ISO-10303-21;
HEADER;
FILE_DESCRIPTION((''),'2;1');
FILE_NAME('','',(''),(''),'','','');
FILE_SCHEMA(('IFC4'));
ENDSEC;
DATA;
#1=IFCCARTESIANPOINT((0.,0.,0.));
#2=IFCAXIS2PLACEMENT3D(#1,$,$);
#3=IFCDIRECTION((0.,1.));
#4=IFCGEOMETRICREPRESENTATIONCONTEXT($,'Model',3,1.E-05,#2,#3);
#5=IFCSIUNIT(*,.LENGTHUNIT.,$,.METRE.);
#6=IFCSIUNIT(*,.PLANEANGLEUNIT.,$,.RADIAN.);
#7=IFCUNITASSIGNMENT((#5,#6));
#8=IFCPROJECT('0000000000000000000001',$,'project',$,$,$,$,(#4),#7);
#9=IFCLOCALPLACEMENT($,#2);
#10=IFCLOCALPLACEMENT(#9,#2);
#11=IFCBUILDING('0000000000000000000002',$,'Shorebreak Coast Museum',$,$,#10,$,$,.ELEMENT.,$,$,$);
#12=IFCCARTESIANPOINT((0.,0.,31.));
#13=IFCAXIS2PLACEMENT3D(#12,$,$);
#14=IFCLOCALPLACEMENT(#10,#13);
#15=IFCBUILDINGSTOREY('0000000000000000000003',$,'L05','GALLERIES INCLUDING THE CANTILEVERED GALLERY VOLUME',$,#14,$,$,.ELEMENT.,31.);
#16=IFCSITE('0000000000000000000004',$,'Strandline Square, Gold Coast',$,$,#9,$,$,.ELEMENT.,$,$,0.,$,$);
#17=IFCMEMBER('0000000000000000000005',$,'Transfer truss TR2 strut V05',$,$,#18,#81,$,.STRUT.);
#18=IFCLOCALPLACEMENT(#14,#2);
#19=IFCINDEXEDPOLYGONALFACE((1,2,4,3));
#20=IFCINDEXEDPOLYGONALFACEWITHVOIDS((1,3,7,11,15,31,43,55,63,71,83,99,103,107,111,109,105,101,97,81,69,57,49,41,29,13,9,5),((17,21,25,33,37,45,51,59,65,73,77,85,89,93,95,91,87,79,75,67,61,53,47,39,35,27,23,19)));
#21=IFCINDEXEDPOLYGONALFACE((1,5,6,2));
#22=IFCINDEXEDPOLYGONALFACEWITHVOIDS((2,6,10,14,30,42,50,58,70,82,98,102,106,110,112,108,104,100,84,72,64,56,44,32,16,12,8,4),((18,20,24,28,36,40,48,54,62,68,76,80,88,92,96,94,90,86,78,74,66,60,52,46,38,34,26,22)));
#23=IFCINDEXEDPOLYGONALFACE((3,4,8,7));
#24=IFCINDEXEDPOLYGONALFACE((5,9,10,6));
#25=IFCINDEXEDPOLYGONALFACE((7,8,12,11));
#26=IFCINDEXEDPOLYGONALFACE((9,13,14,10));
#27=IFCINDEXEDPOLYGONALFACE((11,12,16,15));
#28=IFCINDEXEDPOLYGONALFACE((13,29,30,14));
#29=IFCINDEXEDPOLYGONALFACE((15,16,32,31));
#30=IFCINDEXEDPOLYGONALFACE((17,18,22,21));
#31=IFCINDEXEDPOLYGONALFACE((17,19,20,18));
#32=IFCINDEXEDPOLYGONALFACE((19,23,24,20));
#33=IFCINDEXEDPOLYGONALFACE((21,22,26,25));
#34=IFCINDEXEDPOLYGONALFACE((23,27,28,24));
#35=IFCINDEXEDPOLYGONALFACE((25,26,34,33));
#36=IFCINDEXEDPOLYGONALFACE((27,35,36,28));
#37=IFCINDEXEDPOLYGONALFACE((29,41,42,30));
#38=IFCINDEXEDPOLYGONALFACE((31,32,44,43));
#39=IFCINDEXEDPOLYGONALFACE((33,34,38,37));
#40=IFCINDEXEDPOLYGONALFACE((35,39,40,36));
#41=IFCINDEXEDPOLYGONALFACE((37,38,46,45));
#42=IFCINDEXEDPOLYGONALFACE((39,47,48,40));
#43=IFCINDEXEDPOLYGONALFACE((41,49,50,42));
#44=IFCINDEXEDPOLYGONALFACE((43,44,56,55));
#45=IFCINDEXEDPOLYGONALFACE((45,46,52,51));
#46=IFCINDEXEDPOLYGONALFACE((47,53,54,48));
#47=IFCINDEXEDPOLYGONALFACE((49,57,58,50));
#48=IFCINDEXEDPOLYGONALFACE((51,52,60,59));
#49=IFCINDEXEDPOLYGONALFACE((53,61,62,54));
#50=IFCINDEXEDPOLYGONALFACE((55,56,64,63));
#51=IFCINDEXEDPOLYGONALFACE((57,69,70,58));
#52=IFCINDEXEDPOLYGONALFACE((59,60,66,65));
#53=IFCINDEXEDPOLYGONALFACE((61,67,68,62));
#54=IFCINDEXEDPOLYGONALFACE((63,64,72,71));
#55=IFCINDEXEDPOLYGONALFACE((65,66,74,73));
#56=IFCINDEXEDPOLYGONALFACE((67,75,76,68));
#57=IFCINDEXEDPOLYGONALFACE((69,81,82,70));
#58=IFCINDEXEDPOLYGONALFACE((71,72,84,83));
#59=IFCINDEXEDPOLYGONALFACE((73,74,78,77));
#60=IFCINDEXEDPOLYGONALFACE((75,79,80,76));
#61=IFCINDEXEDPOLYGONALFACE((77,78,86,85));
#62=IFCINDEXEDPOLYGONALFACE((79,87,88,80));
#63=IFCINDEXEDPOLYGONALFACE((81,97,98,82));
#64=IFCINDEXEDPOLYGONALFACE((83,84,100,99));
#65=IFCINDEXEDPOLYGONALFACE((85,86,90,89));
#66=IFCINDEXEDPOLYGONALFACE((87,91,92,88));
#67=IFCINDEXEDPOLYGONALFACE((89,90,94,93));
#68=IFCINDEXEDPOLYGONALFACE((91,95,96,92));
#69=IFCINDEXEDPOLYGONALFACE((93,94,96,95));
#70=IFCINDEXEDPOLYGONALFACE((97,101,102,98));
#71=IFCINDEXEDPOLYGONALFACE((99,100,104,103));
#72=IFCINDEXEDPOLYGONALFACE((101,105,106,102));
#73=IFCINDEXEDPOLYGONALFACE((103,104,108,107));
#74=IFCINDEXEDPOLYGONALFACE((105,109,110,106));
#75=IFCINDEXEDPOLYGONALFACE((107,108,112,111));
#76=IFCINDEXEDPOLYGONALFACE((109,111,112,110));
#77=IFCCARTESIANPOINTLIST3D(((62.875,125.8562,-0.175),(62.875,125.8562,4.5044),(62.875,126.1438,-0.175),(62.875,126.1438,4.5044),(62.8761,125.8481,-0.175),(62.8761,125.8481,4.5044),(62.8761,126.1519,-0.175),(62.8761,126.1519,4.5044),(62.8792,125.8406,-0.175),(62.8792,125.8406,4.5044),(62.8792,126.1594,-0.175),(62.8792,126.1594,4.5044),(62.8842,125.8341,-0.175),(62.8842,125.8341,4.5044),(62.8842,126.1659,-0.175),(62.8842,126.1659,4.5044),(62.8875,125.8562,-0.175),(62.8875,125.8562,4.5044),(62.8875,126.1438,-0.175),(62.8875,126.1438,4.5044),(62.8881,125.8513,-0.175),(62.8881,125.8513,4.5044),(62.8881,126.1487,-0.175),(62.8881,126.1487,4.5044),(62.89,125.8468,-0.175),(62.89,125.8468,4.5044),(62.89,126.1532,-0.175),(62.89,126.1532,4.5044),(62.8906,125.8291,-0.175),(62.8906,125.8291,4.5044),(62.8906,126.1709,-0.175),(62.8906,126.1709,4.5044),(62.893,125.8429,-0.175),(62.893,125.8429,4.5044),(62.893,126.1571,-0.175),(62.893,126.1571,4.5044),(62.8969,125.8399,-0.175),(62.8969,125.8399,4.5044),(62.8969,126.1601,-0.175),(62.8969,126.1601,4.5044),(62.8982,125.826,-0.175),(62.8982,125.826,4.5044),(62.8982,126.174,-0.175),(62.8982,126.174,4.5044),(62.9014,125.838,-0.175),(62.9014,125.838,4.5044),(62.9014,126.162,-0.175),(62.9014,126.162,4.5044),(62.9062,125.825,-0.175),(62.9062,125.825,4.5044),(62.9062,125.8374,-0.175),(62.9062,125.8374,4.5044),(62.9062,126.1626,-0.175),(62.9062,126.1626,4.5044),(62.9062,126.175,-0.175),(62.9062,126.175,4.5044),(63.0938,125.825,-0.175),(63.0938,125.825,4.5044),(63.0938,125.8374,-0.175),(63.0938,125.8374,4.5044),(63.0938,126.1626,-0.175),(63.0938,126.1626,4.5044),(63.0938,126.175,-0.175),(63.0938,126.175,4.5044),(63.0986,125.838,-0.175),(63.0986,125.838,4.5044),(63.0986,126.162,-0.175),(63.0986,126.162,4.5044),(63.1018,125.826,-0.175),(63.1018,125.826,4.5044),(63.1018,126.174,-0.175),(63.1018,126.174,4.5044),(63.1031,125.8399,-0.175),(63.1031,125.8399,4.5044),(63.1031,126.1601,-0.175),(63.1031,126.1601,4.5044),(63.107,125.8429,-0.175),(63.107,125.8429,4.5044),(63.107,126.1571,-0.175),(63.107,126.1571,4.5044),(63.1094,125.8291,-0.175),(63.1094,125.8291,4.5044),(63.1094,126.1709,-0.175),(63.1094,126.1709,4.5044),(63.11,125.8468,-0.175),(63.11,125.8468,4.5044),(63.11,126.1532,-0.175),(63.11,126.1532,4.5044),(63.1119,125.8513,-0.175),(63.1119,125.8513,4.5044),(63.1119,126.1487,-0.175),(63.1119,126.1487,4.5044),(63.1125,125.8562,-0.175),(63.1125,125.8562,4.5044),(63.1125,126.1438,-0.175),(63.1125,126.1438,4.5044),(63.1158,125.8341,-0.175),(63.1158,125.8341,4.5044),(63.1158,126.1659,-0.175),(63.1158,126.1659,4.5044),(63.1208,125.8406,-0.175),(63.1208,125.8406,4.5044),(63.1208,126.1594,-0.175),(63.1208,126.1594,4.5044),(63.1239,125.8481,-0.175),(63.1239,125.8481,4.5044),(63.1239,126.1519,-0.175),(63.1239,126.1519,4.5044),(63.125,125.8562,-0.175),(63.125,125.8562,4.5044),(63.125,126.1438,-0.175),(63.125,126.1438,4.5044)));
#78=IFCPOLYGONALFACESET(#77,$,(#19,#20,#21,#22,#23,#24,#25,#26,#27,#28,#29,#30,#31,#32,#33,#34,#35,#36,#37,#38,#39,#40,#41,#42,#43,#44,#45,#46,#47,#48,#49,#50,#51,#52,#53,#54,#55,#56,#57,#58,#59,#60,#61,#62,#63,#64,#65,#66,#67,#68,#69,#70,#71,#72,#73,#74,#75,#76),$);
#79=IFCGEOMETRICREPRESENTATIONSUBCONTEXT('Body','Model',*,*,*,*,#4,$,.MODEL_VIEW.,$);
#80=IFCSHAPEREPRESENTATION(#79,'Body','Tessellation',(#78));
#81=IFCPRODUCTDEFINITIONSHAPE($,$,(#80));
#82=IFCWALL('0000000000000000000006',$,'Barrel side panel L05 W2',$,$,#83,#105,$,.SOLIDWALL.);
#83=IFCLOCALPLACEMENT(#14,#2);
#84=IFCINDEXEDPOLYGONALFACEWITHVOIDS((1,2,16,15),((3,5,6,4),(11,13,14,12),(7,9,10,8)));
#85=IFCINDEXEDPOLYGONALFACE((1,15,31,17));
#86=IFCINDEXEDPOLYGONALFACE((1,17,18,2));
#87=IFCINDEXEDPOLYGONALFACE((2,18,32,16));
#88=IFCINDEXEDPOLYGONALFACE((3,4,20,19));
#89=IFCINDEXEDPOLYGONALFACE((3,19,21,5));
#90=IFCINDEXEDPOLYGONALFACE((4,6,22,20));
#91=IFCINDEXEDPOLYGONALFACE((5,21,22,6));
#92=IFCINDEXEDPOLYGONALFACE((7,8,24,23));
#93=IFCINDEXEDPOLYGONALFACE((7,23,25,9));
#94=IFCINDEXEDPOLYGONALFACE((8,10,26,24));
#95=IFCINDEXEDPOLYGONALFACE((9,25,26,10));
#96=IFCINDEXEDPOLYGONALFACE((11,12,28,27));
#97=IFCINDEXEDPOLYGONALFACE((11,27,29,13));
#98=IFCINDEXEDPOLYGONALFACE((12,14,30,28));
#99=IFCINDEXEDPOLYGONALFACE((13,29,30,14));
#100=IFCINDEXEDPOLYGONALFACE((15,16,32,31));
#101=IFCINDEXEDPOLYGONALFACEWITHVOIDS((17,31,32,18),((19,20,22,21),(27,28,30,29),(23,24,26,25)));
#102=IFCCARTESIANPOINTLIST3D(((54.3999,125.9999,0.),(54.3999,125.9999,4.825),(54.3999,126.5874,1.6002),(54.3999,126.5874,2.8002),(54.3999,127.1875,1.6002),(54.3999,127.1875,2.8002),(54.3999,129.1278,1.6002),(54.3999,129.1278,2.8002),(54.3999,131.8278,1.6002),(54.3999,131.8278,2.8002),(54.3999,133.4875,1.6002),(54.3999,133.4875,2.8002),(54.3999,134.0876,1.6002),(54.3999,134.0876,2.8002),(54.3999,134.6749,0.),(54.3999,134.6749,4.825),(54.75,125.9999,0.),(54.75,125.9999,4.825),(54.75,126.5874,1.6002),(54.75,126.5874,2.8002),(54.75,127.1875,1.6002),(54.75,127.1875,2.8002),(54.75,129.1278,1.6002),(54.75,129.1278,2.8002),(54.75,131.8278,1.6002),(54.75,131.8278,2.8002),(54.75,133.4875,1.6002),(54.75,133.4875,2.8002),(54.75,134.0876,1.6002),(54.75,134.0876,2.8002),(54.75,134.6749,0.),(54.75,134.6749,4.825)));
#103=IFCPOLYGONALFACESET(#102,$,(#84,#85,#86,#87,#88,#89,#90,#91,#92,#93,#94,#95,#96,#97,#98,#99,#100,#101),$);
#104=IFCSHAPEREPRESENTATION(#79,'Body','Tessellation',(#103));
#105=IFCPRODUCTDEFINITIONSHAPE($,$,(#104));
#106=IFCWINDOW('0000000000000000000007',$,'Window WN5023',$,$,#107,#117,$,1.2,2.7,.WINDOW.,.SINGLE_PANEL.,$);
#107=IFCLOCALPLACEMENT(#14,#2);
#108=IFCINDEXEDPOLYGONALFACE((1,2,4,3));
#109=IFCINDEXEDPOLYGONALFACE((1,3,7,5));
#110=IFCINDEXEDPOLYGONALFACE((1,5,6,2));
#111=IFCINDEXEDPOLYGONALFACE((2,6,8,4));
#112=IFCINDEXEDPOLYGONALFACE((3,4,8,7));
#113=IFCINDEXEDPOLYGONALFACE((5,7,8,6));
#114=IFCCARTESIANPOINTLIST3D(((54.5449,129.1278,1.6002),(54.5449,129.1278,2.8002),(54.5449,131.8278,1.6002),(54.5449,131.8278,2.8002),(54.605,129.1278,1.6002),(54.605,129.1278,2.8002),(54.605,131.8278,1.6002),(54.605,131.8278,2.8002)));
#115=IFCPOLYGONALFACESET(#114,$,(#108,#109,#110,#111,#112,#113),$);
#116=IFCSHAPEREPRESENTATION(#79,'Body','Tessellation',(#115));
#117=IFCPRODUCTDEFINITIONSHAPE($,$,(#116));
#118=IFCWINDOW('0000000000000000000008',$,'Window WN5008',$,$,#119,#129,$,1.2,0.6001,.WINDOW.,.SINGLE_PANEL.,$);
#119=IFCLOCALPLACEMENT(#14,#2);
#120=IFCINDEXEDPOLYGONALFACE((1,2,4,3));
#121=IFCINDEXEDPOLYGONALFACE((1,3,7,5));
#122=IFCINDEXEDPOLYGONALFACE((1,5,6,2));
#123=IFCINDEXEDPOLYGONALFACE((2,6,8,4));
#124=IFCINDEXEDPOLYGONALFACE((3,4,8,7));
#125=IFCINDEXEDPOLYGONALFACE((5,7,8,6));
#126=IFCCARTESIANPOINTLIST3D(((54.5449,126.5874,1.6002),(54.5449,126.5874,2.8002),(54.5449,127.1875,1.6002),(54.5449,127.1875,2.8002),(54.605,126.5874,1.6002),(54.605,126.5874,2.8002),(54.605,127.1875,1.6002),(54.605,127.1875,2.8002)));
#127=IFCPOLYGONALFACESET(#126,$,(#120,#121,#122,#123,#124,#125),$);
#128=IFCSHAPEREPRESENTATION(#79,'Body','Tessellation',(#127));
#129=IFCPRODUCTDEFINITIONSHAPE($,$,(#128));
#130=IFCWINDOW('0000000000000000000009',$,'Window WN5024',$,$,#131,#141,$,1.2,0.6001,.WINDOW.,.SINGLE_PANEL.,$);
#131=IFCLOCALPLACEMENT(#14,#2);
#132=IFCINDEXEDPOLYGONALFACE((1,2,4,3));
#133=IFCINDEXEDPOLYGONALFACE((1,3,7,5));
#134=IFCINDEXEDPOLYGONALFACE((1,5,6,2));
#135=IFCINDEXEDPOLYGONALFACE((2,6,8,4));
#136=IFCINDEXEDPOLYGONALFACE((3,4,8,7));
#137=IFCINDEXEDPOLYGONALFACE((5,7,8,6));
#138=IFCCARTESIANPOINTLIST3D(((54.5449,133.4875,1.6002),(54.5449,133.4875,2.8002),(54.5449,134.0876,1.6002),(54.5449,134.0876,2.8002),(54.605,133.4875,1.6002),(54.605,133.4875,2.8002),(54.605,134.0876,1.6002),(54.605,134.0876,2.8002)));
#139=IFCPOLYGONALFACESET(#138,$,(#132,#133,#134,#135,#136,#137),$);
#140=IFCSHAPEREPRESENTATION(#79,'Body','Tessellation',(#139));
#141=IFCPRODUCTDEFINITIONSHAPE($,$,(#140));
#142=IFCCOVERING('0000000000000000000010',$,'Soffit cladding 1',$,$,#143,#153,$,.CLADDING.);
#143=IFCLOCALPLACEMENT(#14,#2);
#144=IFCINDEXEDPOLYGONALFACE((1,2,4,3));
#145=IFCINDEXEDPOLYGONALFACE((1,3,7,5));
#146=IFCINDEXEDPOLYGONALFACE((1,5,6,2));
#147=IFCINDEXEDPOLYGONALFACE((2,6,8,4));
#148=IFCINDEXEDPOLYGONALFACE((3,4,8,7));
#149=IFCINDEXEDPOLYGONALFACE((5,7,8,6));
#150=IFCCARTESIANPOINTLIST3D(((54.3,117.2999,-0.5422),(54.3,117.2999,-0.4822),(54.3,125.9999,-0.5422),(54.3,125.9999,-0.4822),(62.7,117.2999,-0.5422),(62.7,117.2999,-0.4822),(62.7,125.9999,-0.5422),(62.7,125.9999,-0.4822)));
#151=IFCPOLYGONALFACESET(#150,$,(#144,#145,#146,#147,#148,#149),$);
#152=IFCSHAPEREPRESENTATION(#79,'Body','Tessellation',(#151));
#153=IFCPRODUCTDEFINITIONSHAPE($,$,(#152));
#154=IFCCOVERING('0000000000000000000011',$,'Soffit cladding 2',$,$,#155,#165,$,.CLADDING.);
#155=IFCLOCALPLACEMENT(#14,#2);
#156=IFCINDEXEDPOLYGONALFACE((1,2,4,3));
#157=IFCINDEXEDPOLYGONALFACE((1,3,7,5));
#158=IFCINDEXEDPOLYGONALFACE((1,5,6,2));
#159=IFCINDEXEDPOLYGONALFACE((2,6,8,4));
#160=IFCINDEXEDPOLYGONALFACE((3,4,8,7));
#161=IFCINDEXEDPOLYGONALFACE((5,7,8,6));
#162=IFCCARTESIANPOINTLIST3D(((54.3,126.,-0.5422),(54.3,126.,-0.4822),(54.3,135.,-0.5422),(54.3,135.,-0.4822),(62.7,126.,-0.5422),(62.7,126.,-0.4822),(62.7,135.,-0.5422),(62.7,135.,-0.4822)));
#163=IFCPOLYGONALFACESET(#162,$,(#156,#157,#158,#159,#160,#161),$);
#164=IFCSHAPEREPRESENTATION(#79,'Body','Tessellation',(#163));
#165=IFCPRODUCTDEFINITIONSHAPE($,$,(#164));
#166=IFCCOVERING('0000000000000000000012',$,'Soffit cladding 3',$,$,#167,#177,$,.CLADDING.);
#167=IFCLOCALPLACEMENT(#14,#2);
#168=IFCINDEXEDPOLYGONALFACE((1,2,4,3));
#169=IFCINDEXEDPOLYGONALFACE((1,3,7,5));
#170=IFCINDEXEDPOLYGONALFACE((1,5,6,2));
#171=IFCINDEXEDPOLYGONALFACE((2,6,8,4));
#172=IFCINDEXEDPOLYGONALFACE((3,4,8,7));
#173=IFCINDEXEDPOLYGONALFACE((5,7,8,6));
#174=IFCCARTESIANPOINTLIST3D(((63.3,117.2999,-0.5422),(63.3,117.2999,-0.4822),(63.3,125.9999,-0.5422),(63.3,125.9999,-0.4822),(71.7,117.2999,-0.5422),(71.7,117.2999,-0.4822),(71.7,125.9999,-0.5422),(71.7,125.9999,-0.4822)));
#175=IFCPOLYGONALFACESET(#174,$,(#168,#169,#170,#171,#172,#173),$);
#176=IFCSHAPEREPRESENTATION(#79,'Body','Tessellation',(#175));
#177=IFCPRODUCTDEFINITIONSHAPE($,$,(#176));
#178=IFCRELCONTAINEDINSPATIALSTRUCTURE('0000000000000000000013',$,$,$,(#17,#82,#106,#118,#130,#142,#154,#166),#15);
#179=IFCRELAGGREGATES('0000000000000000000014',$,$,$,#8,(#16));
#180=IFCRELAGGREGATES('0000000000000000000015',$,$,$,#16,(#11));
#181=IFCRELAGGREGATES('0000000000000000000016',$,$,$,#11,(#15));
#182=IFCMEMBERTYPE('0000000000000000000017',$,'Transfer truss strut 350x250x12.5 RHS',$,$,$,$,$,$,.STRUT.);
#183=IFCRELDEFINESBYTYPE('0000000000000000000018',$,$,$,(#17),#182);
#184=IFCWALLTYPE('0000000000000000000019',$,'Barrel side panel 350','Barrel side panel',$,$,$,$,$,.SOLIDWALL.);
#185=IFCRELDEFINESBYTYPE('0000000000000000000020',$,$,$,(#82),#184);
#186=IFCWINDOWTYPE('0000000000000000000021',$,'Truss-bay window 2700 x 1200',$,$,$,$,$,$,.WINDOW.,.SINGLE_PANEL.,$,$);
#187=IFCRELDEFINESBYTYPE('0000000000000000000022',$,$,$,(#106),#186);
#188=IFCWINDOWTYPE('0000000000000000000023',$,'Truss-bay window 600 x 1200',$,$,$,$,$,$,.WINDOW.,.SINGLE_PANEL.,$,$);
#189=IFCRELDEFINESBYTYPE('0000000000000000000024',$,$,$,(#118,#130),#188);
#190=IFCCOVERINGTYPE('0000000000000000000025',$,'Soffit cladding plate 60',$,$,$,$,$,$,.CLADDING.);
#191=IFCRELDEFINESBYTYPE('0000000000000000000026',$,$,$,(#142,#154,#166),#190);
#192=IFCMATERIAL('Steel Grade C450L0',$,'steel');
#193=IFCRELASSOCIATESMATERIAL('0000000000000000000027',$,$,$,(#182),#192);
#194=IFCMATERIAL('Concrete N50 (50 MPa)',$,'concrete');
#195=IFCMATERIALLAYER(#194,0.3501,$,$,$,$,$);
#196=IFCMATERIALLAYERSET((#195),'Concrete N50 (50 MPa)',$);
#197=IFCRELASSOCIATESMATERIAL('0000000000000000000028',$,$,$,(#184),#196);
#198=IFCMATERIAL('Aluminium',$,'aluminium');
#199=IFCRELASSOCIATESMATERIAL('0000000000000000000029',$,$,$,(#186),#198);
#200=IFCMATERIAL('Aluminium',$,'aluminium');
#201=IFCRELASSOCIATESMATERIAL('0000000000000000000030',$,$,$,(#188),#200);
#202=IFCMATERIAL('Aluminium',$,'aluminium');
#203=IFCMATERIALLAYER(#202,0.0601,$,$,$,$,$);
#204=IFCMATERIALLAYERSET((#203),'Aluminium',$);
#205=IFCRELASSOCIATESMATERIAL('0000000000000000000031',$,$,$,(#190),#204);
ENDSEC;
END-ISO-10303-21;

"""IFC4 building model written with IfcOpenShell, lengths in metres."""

from ifc_helpers import new_model, si_unit, direction, frame, frame_2d, origin, origin_2d, place, context, subcontext, project, spatial, rectangle, hollow_rectangle, extrude, material, layer, layer_set, material_profile, profile_set, type_object, element, fill, save


model = new_model("IFC4")

# Units and contexts
model_context = context("Model", 3, precision=1e-05, world=origin(), true_north=direction((0.0, 1.0)))
body_context = subcontext(model_context, "Body", "Model", "MODEL_VIEW")
ifc_project = project(units=[si_unit("LENGTHUNIT", "METRE"), si_unit("PLANEANGLEUNIT", "RADIAN")], contexts=[model_context])

# Site, building, storey
site_placement = place(None, origin())
site = spatial("IfcSite", under=ifc_project, at=site_placement, Name="Strandline Square, Gold Coast", CompositionType="ELEMENT", RefElevation=0.0)
building_placement = place(site_placement, origin())
building = spatial("IfcBuilding", under=site, at=building_placement, Name="Shorebreak Coast Museum", CompositionType="ELEMENT")
storey_placement = place(building_placement, frame((0.0, 0.0, 31.0)))
storey = spatial("IfcBuildingStorey", under=building, at=storey_placement, Name="L05", Description="GALLERIES INCLUDING THE CANTILEVERED GALLERY VOLUME", CompositionType="ELEMENT", Elevation=31.0)

# Member
ifc_material_1 = material(Name="Steel Grade C450L0", Category="steel")
ifc_material_profile_1 = material_profile(ifc_material_1, hollow_rectangle(XDim=0.25, YDim=0.3501, WallThickness=0.0125, InnerFilletRadius=0.0188, OuterFilletRadius=0.0312, at=origin_2d()), Name="350x250x12.5 RHS")
ifc_profile_set_1 = profile_set([ifc_material_profile_1], Name="Steel Grade C450L0")
member_type_1 = type_object("IfcMemberType", Name="Transfer truss strut 350x250x12.5 RHS", PredefinedType="STRUT", material=ifc_profile_set_1)
for number, where, z_axis, x_axis, name in (
    (1, (63.0, 126.0, -0.175), (0.0, 0.0, 1.0), (1.0, 0.0, 0.0), "Transfer truss TR2 strut V05"),
):
    element("IfcMember", number, at=place(storey_placement, frame(where, z_axis=z_axis, x_axis=x_axis)), inside=storey, type_object=member_type_1, Name=name, PredefinedType="STRUT", context=body_context, shape_type="SweptSolid", body=[
        extrude(hollow_rectangle(XDim=0.25, YDim=0.3501, WallThickness=0.0125, InnerFilletRadius=0.0188, OuterFilletRadius=0.0312, at=origin_2d()), origin(), (0.0, 0.0, 1.0), 4.6794),
    ])

# Wall, openings, windows
ifc_material_2 = material(Name="Concrete N50 (50 MPa)", Category="concrete")
ifc_layer_1 = layer(ifc_material_2, 0.3501)
ifc_layer_set_1 = layer_set([ifc_layer_1], Name="Concrete N50 (50 MPa)")
wall_type = type_object("IfcWallType", Name="Barrel side panel 350", Description="Barrel side panel", PredefinedType="SOLIDWALL", material=ifc_layer_set_1)
wall_placement = place(storey_placement, frame((54.575, 126.0, 0.0), z_axis=(0.0, 0.0, 1.0), x_axis=(0.0, 1.0, 0.0)))
wall = element("IfcWall", 2, at=wall_placement, inside=storey, type_object=wall_type, Name="Barrel side panel L05 W2", PredefinedType="SOLIDWALL", context=body_context, shape_type="SweptSolid", body=[
    extrude(rectangle(XDim=8.675, YDim=0.3501, at=frame_2d((4.3374, 0.0))), origin(), (0.0, 0.0, 1.0), 4.825),
])
opening_1_placement = place(wall_placement, frame((0.5874, 0.0, 1.6001)))
opening_1 = element("IfcOpeningElement", 3, at=opening_1_placement, cuts=wall, PredefinedType="OPENING", context=body_context, shape_type="SweptSolid", body=[
    extrude(rectangle(XDim=0.6001, YDim=1.2, at=frame_2d((0.3, 0.6001))), frame((0.0, 0.1851, 0.0), z_axis=(0.0, -1.0, 0.0), x_axis=(1.0, 0.0, 0.0)), (0.0, 0.0, 1.0), 0.3701),
])
opening_2_placement = place(wall_placement, frame((3.1277, 0.0, 1.6001)))
opening_2 = element("IfcOpeningElement", 4, at=opening_2_placement, cuts=wall, PredefinedType="OPENING", context=body_context, shape_type="SweptSolid", body=[
    extrude(rectangle(XDim=2.7, YDim=1.2, at=frame_2d((1.3501, 0.6001))), frame((0.0, 0.1851, 0.0), z_axis=(0.0, -1.0, 0.0), x_axis=(1.0, 0.0, 0.0)), (0.0, 0.0, 1.0), 0.3701),
])
opening_3_placement = place(wall_placement, frame((7.4875, 0.0, 1.6001)))
opening_3 = element("IfcOpeningElement", 5, at=opening_3_placement, cuts=wall, PredefinedType="OPENING", context=body_context, shape_type="SweptSolid", body=[
    extrude(rectangle(XDim=0.6001, YDim=1.2, at=frame_2d((0.3, 0.6001))), frame((0.0, 0.1851, 0.0), z_axis=(0.0, -1.0, 0.0), x_axis=(1.0, 0.0, 0.0)), (0.0, 0.0, 1.0), 0.3701),
])
ifc_material_3 = material(Name="Aluminium", Category="aluminium")
window_type_1 = type_object("IfcWindowType", Name="Truss-bay window 2700 x 1200", PartitioningType="SINGLE_PANEL", PredefinedType="WINDOW", material=ifc_material_3)
window_1_placement = place(opening_2_placement, origin())
window_1 = element("IfcWindow", 6, at=window_1_placement, inside=storey, type_object=window_type_1, Name="Window WN5023", OverallHeight=1.2, OverallWidth=2.7, PartitioningType="SINGLE_PANEL", PredefinedType="WINDOW", context=body_context, shape_type="SweptSolid", body=[
    extrude(rectangle(XDim=2.7, YDim=1.2, at=frame_2d((1.3501, 0.6001))), frame((0.0, 0.03, 0.0), z_axis=(0.0, -1.0, 0.0), x_axis=(1.0, 0.0, 0.0)), (0.0, 0.0, 1.0), 0.0601),
])
fill(opening_2, window_1)
ifc_material_4 = material(Name="Aluminium", Category="aluminium")
window_type_2 = type_object("IfcWindowType", Name="Truss-bay window 600 x 1200", PartitioningType="SINGLE_PANEL", PredefinedType="WINDOW", material=ifc_material_4)
window_2_placement = place(opening_1_placement, origin())
window_2 = element("IfcWindow", 7, at=window_2_placement, inside=storey, type_object=window_type_2, Name="Window WN5008", OverallHeight=1.2, OverallWidth=0.6001, PartitioningType="SINGLE_PANEL", PredefinedType="WINDOW", context=body_context, shape_type="SweptSolid", body=[
    extrude(rectangle(XDim=0.6001, YDim=1.2, at=frame_2d((0.3, 0.6001))), frame((0.0, 0.03, 0.0), z_axis=(0.0, -1.0, 0.0), x_axis=(1.0, 0.0, 0.0)), (0.0, 0.0, 1.0), 0.0601),
])
fill(opening_1, window_2)
window_3_placement = place(opening_3_placement, origin())
window_3 = element("IfcWindow", 8, at=window_3_placement, inside=storey, type_object=window_type_2, Name="Window WN5024", OverallHeight=1.2, OverallWidth=0.6001, PartitioningType="SINGLE_PANEL", PredefinedType="WINDOW", context=body_context, shape_type="SweptSolid", body=[
    extrude(rectangle(XDim=0.6001, YDim=1.2, at=frame_2d((0.3, 0.6001))), frame((0.0, 0.03, 0.0), z_axis=(0.0, -1.0, 0.0), x_axis=(1.0, 0.0, 0.0)), (0.0, 0.0, 1.0), 0.0601),
])
fill(opening_3, window_3)

# Coverings
ifc_material_5 = material(Name="Aluminium", Category="aluminium")
ifc_layer_2 = layer(ifc_material_5, 0.0601)
ifc_layer_set_2 = layer_set([ifc_layer_2], Name="Aluminium")
covering_type_1 = type_object("IfcCoveringType", Name="Soffit cladding plate 60", PredefinedType="CLADDING", material=ifc_layer_set_2)
covering_1_placement = place(storey_placement, frame((58.5, 121.6499, -0.5422), z_axis=(0.0, 0.0, 1.0), x_axis=(1.0, 0.0, 0.0)))
element("IfcCovering", 9, at=covering_1_placement, inside=storey, type_object=covering_type_1, Name="Soffit cladding 1", PredefinedType="CLADDING", context=body_context, shape_type="SweptSolid", body=[
    extrude(rectangle(XDim=8.3999, YDim=8.7, at=origin_2d()), origin(), (0.0, 0.0, 1.0), 0.0601),
])
covering_2_placement = place(storey_placement, frame((58.5, 130.5, -0.5422), z_axis=(0.0, 0.0, 1.0), x_axis=(1.0, 0.0, 0.0)))
element("IfcCovering", 10, at=covering_2_placement, inside=storey, type_object=covering_type_1, Name="Soffit cladding 2", PredefinedType="CLADDING", context=body_context, shape_type="SweptSolid", body=[
    extrude(rectangle(XDim=8.3999, YDim=9.0, at=origin_2d()), origin(), (0.0, 0.0, 1.0), 0.0601),
])
covering_3_placement = place(storey_placement, frame((67.5, 121.6499, -0.5422), z_axis=(0.0, 0.0, 1.0), x_axis=(1.0, 0.0, 0.0)))
element("IfcCovering", 11, at=covering_3_placement, inside=storey, type_object=covering_type_1, Name="Soffit cladding 3", PredefinedType="CLADDING", context=body_context, shape_type="SweptSolid", body=[
    extrude(rectangle(XDim=8.3999, YDim=8.7, at=origin_2d()), origin(), (0.0, 0.0, 1.0), 0.0601),
])

save(model, "model.ifc")
